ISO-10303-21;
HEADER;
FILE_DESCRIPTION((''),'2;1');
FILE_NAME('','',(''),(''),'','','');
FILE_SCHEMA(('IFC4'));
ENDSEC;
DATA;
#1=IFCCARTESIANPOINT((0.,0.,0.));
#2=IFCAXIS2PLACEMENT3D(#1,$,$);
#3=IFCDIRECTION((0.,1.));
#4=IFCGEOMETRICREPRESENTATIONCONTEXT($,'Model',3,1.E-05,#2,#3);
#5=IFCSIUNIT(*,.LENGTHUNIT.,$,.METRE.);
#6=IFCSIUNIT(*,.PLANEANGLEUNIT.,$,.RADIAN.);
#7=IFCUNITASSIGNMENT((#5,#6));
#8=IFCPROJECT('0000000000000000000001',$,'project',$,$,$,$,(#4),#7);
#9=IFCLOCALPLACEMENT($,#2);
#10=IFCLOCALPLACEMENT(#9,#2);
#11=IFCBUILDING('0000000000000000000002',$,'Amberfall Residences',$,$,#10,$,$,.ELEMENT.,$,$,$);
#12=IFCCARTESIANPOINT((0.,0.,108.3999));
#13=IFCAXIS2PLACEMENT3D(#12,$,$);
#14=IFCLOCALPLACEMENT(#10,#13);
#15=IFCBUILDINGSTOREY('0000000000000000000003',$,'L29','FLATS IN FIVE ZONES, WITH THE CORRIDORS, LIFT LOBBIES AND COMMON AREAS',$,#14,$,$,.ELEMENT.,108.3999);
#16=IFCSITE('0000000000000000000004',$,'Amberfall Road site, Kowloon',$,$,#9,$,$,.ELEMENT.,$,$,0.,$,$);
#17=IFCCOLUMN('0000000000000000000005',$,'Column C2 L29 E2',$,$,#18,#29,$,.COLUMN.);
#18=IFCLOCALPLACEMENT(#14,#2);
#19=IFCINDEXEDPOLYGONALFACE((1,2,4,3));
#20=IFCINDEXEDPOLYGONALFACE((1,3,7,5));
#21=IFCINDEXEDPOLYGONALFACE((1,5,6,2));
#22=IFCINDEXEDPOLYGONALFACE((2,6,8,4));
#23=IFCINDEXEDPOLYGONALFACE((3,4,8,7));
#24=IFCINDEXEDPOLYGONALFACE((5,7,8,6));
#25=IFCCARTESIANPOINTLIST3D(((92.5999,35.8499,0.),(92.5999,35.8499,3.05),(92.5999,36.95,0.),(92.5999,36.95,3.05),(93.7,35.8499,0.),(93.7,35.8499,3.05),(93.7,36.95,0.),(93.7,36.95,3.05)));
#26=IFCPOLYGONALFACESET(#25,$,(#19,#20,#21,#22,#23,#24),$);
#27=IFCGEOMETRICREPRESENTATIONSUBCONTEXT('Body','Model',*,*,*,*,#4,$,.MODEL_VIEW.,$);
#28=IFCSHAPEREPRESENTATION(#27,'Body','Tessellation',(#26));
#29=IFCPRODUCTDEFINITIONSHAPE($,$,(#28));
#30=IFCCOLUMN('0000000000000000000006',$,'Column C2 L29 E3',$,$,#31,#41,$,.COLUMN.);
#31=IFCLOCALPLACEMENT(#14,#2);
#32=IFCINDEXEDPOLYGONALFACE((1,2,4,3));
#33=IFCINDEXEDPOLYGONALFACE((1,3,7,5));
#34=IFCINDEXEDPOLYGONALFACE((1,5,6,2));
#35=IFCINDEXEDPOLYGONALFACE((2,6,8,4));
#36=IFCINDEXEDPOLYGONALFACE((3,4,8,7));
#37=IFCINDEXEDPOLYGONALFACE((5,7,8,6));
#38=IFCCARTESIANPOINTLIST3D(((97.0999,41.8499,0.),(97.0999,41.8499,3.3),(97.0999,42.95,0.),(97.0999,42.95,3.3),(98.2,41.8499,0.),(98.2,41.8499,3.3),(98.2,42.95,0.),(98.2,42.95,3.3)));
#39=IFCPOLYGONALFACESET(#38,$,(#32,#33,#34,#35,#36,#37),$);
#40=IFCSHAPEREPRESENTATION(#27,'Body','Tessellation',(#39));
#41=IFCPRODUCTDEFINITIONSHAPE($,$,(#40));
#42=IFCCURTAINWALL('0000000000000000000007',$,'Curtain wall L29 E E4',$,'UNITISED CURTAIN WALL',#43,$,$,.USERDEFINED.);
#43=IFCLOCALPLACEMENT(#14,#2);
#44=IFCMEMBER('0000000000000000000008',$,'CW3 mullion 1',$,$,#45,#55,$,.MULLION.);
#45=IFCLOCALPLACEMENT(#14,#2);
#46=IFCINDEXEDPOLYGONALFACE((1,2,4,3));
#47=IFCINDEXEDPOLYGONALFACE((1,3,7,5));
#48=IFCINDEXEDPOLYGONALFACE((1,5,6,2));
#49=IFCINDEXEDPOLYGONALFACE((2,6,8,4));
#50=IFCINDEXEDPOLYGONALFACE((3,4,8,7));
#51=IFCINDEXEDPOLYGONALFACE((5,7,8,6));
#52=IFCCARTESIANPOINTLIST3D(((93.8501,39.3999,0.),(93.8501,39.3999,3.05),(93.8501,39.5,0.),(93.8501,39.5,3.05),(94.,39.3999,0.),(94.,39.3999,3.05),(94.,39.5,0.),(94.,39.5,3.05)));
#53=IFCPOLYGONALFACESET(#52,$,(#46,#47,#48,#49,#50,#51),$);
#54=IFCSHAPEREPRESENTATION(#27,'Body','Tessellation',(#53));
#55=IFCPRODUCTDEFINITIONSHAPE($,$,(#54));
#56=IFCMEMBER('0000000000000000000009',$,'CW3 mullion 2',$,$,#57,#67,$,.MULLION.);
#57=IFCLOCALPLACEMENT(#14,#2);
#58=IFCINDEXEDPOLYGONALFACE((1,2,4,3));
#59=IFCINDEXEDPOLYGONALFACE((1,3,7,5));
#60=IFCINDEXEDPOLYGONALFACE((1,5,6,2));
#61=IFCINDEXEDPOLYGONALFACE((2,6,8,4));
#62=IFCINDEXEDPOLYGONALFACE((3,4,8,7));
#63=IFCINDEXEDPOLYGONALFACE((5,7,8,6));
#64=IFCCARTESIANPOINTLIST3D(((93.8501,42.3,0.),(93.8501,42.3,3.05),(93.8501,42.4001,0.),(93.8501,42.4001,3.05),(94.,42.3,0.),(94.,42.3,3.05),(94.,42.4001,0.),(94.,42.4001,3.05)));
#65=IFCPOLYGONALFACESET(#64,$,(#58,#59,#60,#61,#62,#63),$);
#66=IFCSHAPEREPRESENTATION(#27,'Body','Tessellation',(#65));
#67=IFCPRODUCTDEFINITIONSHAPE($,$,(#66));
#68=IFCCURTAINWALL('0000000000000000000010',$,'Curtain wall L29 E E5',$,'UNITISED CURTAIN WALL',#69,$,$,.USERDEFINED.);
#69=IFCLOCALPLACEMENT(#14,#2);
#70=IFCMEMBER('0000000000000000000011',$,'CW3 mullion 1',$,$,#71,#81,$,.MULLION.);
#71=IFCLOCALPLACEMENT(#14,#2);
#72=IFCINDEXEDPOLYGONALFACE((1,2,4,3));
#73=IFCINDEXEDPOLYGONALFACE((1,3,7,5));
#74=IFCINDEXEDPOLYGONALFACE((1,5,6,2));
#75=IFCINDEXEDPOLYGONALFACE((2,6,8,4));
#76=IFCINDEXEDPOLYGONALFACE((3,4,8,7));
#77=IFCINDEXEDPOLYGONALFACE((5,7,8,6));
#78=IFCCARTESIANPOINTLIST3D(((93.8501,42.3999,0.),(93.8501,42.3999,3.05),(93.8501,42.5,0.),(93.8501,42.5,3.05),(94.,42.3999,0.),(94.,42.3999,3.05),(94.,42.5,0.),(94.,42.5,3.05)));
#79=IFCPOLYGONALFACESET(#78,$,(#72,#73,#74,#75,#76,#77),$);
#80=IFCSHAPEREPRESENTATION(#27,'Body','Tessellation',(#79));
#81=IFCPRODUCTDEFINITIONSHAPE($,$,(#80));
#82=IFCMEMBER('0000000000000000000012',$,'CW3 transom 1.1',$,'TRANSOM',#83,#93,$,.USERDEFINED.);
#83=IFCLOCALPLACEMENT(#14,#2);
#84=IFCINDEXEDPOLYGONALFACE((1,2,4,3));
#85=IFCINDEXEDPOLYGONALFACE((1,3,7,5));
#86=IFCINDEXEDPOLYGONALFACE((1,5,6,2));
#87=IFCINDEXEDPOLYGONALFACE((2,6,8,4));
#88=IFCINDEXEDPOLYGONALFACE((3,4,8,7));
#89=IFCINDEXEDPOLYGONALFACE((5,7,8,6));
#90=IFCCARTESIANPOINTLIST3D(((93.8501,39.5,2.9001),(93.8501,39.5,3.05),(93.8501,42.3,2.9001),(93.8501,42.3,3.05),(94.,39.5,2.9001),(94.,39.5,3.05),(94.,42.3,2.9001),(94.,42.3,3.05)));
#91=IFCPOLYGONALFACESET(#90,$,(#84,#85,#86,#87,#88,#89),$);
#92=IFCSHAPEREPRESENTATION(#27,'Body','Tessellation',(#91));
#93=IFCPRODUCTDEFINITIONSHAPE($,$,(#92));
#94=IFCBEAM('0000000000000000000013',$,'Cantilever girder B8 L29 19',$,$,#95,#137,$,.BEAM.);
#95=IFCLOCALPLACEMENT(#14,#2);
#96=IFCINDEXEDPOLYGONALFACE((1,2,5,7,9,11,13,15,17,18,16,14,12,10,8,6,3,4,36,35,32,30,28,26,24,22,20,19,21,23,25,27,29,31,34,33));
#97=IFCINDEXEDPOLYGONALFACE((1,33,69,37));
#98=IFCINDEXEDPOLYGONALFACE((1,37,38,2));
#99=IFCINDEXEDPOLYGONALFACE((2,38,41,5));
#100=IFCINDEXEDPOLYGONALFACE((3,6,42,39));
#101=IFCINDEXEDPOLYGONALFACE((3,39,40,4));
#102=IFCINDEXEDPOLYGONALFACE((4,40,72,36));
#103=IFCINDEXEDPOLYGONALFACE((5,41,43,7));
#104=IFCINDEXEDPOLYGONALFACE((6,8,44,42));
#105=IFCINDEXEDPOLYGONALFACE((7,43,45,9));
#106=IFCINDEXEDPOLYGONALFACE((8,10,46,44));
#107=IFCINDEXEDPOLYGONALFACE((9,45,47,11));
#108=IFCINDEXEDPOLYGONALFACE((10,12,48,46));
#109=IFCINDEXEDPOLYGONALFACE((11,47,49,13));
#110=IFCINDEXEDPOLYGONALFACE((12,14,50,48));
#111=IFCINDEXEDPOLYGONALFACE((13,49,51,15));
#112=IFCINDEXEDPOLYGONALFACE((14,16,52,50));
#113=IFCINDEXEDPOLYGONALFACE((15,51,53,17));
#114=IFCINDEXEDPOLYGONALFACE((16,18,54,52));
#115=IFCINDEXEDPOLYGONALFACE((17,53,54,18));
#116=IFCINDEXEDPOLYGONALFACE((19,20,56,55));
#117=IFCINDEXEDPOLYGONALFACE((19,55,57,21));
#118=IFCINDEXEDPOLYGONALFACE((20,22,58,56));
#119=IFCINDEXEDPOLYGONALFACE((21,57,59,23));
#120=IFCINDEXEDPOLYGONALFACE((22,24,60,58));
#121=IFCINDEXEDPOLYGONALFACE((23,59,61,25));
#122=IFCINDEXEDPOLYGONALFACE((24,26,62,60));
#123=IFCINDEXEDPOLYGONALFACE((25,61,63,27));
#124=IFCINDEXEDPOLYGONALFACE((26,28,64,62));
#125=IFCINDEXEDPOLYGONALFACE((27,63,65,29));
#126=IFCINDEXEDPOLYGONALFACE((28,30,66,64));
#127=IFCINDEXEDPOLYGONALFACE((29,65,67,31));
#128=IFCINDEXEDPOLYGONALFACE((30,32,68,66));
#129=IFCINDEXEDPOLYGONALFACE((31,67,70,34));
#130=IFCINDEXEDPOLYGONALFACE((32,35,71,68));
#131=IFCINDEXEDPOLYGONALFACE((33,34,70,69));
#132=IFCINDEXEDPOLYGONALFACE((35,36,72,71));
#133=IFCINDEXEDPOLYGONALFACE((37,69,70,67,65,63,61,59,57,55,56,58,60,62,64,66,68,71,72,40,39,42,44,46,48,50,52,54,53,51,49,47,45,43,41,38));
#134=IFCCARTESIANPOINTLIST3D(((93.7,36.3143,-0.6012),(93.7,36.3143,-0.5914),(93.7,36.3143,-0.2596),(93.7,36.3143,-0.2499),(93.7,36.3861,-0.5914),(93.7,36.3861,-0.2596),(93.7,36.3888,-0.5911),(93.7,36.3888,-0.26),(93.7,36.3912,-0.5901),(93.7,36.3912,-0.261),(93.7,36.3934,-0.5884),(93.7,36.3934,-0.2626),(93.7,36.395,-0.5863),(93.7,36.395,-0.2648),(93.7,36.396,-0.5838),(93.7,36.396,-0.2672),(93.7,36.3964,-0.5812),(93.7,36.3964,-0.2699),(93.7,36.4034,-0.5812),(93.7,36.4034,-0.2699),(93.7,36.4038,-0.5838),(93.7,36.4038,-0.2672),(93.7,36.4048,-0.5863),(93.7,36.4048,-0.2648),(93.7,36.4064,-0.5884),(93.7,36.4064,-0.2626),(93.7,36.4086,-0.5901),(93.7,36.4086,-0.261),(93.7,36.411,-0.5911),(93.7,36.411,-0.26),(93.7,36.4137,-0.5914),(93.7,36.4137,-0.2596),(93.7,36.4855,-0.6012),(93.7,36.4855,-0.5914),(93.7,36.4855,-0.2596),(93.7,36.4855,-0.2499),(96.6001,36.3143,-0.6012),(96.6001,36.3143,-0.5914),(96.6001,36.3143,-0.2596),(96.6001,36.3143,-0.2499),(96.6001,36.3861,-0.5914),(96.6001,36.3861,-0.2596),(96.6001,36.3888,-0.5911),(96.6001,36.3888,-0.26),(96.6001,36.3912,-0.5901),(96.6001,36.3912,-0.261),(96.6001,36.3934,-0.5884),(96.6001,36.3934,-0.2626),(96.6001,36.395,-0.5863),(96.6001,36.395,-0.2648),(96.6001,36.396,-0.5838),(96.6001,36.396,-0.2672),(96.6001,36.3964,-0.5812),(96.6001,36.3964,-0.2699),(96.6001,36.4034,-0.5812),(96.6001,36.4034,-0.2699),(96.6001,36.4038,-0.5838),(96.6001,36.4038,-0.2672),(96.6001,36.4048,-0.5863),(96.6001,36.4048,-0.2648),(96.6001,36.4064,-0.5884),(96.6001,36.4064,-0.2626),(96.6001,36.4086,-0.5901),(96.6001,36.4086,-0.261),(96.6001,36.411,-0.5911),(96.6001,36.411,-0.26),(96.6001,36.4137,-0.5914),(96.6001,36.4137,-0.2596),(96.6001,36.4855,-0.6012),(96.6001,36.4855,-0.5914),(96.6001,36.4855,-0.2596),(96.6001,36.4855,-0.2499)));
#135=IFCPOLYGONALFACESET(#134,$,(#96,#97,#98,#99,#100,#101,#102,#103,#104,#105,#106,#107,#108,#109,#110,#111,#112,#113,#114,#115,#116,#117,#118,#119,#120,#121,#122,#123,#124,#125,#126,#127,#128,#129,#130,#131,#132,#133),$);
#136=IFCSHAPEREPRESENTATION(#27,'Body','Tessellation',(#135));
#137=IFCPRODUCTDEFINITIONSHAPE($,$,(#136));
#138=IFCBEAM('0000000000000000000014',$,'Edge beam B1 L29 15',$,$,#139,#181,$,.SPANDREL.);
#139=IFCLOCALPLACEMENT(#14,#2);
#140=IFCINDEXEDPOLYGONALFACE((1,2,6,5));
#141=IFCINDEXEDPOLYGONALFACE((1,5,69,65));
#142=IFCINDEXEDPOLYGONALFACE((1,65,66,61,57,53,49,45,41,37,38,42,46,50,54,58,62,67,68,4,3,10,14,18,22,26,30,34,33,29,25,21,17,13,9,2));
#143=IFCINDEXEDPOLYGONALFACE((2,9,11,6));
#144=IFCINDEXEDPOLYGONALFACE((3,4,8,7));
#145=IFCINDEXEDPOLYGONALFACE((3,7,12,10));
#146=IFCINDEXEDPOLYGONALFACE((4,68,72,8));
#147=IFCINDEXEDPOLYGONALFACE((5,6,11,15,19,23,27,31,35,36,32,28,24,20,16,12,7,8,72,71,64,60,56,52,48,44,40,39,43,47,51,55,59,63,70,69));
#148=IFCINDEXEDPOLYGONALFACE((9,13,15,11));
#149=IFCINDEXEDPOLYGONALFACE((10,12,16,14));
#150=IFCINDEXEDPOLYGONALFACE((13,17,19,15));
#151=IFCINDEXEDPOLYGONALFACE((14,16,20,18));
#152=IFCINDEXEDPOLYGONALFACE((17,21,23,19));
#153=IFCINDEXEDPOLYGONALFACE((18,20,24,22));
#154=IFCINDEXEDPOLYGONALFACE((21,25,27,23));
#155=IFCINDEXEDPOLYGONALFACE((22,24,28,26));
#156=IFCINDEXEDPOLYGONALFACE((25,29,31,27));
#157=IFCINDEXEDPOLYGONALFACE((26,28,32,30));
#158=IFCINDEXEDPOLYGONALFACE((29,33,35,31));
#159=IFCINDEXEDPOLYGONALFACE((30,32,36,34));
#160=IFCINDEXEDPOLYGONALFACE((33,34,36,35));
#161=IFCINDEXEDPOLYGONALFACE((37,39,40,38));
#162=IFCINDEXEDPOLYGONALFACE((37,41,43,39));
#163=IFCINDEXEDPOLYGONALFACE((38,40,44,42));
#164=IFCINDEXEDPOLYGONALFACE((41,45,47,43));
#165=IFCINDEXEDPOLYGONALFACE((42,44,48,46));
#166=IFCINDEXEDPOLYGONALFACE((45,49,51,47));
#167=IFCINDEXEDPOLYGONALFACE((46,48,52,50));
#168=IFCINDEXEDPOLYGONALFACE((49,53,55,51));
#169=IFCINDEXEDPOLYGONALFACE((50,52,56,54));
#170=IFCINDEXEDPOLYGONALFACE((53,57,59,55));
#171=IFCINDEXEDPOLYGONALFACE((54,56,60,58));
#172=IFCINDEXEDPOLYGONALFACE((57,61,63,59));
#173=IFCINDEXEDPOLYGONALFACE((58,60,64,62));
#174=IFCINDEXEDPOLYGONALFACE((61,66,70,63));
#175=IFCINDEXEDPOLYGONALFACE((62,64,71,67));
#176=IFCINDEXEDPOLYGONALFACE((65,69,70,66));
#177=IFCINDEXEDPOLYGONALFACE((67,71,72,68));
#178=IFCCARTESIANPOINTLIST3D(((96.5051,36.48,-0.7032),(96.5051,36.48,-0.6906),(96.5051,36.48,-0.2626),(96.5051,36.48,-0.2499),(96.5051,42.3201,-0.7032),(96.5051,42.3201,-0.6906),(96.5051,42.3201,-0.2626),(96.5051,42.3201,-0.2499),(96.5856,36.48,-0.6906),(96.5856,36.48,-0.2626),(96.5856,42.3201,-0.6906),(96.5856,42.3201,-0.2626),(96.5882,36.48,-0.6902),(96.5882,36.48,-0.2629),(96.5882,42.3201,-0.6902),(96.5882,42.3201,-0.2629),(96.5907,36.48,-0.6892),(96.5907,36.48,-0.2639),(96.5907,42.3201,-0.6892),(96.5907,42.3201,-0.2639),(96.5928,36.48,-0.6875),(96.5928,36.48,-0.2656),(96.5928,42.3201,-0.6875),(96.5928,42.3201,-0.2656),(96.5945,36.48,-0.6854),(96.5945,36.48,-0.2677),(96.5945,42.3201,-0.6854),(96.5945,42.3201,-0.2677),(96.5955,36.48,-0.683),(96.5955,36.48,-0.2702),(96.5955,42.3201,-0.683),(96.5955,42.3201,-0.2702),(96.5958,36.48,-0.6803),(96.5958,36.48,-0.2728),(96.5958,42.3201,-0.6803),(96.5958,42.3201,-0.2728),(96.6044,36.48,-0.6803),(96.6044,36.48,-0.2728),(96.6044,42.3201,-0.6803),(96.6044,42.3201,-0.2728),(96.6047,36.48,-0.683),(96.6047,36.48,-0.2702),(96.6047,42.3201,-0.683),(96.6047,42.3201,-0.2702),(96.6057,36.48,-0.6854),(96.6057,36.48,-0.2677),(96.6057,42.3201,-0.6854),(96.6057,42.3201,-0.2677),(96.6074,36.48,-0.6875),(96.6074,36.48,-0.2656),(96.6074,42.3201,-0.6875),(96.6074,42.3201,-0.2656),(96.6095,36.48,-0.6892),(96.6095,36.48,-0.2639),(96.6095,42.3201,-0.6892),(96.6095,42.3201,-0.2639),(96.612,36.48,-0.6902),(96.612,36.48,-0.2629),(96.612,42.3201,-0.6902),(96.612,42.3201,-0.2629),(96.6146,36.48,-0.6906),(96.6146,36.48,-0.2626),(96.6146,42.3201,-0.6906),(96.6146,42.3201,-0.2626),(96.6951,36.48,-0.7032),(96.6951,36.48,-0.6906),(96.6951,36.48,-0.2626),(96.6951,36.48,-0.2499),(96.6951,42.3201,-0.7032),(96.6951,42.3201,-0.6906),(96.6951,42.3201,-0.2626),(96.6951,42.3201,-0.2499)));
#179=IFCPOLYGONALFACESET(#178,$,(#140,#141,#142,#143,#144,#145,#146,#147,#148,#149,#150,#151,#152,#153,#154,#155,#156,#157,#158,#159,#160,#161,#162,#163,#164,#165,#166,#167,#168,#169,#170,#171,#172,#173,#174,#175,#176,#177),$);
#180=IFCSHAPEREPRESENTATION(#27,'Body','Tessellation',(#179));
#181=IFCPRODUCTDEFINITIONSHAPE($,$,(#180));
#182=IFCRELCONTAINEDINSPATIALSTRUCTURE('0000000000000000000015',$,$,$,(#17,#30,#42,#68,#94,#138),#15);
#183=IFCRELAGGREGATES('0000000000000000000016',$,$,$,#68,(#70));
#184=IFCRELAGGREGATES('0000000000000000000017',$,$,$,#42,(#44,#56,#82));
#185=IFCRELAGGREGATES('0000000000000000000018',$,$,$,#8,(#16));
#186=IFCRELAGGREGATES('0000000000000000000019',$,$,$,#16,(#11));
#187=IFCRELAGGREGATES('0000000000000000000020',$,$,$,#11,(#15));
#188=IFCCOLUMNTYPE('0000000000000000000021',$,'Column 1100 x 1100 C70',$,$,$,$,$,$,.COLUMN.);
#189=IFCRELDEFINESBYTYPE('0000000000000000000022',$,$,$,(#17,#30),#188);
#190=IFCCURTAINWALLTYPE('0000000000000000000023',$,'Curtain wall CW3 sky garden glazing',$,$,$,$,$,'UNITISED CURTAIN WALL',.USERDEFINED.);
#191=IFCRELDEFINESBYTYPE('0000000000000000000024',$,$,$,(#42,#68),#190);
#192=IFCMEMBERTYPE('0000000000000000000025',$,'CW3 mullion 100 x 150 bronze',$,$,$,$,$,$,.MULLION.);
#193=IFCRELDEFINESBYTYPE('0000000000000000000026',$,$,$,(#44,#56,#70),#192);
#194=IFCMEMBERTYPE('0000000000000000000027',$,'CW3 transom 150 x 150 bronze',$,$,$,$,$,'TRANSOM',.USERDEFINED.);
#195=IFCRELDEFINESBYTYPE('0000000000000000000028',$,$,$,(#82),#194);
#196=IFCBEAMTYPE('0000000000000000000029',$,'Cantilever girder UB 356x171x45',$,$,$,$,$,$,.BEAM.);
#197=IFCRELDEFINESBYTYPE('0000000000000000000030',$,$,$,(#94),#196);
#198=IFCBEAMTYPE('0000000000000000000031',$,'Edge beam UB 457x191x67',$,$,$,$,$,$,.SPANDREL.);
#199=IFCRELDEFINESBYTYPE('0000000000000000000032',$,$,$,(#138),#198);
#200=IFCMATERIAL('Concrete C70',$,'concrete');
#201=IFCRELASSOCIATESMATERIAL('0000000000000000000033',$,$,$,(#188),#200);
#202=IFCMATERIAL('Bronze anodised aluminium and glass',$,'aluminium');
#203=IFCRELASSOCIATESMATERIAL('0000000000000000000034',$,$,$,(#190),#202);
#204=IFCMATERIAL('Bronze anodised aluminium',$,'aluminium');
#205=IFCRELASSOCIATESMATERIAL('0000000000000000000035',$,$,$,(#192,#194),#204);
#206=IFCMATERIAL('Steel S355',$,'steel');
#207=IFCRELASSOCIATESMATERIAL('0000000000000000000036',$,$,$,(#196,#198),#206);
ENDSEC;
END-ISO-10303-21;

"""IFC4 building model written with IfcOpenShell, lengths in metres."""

from ifc_helpers import new_model, si_unit, direction, frame, origin, origin_2d, place, context, subcontext, project, spatial, rectangle, i_section, extrude, material, material_profile, profile_set, type_object, element, aggregate, save


model = new_model("IFC4")

# Units and contexts
model_context = context("Model", 3, precision=1e-05, world=origin(), true_north=direction((0.0, 1.0)))
body_context = subcontext(model_context, "Body", "Model", "MODEL_VIEW")
ifc_project = project(units=[si_unit("LENGTHUNIT", "METRE"), si_unit("PLANEANGLEUNIT", "RADIAN")], contexts=[model_context])

# Site, building, storey
site_placement = place(None, origin())
site = spatial("IfcSite", under=ifc_project, at=site_placement, Name="Amberfall Road site, Kowloon", CompositionType="ELEMENT", RefElevation=0.0)
building_placement = place(site_placement, origin())
building = spatial("IfcBuilding", under=site, at=building_placement, Name="Amberfall Residences", CompositionType="ELEMENT")
storey_placement = place(building_placement, frame((0.0, 0.0, 108.3999)))
storey = spatial("IfcBuildingStorey", under=building, at=storey_placement, Name="L29", Description="FLATS IN FIVE ZONES, WITH THE CORRIDORS, LIFT LOBBIES AND COMMON AREAS", CompositionType="ELEMENT", Elevation=108.3999)

# Columns
ifc_material_1 = material(Name="Concrete C70", Category="concrete")
ifc_material_profile_1 = material_profile(ifc_material_1, rectangle(XDim=1.1001, YDim=1.1001, at=origin_2d()), Name="Column 1100 x 1100 C70")
ifc_profile_set_1 = profile_set([ifc_material_profile_1], Name="Concrete C70")
column_type = type_object("IfcColumnType", Name="Column 1100 x 1100 C70", PredefinedType="COLUMN", material=ifc_profile_set_1)
column_1_placement = place(storey_placement, frame((93.1499, 36.3999, 0.0), z_axis=(0.0, 0.0, 1.0), x_axis=(1.0, 0.0, 0.0)))
element("IfcColumn", 1, at=column_1_placement, inside=storey, type_object=column_type, Name="Column C2 L29 E2", PredefinedType="COLUMN", context=body_context, shape_type="SweptSolid", body=[
    extrude(rectangle(XDim=1.1001, YDim=1.1001, at=origin_2d()), origin(), (0.0, 0.0, 1.0), 3.05),
])
column_2_placement = place(storey_placement, frame((97.6499, 42.3999, 0.0), z_axis=(0.0, 0.0, 1.0), x_axis=(1.0, 0.0, 0.0)))
element("IfcColumn", 2, at=column_2_placement, inside=storey, type_object=column_type, Name="Column C2 L29 E3", PredefinedType="COLUMN", context=body_context, shape_type="SweptSolid", body=[
    extrude(rectangle(XDim=1.1001, YDim=1.1001, at=origin_2d()), origin(), (0.0, 0.0, 1.0), 3.3),
])

# Curtain wall, members
ifc_material_2 = material(Name="Bronze anodised aluminium and glass", Category="aluminium")
curtain_wall_type = type_object("IfcCurtainWallType", Name="Curtain wall CW3 sky garden glazing", ElementType="UNITISED CURTAIN WALL", PredefinedType="USERDEFINED", material=ifc_material_2)
curtain_wall_1_placement = place(storey_placement, origin())
curtain_wall_1 = element("IfcCurtainWall", 3, at=curtain_wall_1_placement, inside=storey, type_object=curtain_wall_type, Name="Curtain wall L29 E E4", ObjectType="UNITISED CURTAIN WALL", PredefinedType="USERDEFINED")
ifc_material_3 = material(Name="Bronze anodised aluminium", Category="aluminium")
ifc_material_profile_2 = material_profile(ifc_material_3, rectangle(XDim=0.1499, YDim=0.1001, at=origin_2d()), Name="CW3 mullion 100 x 150 bronze")
ifc_profile_set_2 = profile_set([ifc_material_profile_2], Name="Bronze anodised aluminium")
member_type_1 = type_object("IfcMemberType", Name="CW3 mullion 100 x 150 bronze", PredefinedType="MULLION", material=ifc_profile_set_2)
member_1_placement = place(storey_placement, frame((93.925, 39.45, 0.0), z_axis=(0.0, 0.0, 1.0), x_axis=(-1.0, 0.0, 0.0)))
member_1 = element("IfcMember", 4, at=member_1_placement, type_object=member_type_1, Name="CW3 mullion 1", PredefinedType="MULLION", context=body_context, shape_type="SweptSolid", body=[
    extrude(rectangle(XDim=0.1499, YDim=0.1001, at=origin_2d()), origin(), (0.0, 0.0, 1.0), 3.05),
])
member_2_placement = place(storey_placement, frame((93.925, 42.3501, 0.0), z_axis=(0.0, 0.0, 1.0), x_axis=(-1.0, 0.0, 0.0)))
member_2 = element("IfcMember", 5, at=member_2_placement, type_object=member_type_1, Name="CW3 mullion 2", PredefinedType="MULLION", context=body_context, shape_type="SweptSolid", body=[
    extrude(rectangle(XDim=0.1499, YDim=0.1001, at=origin_2d()), origin(), (0.0, 0.0, 1.0), 3.05),
])

# Curtain wall, member
curtain_wall_2_placement = place(storey_placement, origin())
curtain_wall_2 = element("IfcCurtainWall", 6, at=curtain_wall_2_placement, inside=storey, type_object=curtain_wall_type, Name="Curtain wall L29 E E5", ObjectType="UNITISED CURTAIN WALL", PredefinedType="USERDEFINED")
member_3_placement = place(storey_placement, frame((93.925, 42.45, 0.0), z_axis=(0.0, 0.0, 1.0), x_axis=(-1.0, 0.0, 0.0)))
member_3 = element("IfcMember", 7, at=member_3_placement, type_object=member_type_1, Name="CW3 mullion 1", PredefinedType="MULLION", context=body_context, shape_type="SweptSolid", body=[
    extrude(rectangle(XDim=0.1499, YDim=0.1001, at=origin_2d()), origin(), (0.0, 0.0, 1.0), 3.05),
])
aggregate(curtain_wall_2, [member_3])

# Member
ifc_material_profile_3 = material_profile(ifc_material_3, rectangle(XDim=0.1499, YDim=0.1499, at=origin_2d()), Name="CW3 transom 150 x 150 bronze")
ifc_profile_set_3 = profile_set([ifc_material_profile_3], Name="Bronze anodised aluminium")
member_type_2 = type_object("IfcMemberType", Name="CW3 transom 150 x 150 bronze", ElementType="TRANSOM", PredefinedType="USERDEFINED", material=ifc_profile_set_3)
member_4_placement = place(storey_placement, frame((93.925, 39.5, 2.9751), z_axis=(0.0, 1.0, 0.0), x_axis=(-1.0, 0.0, 0.0)))
member_4 = element("IfcMember", 8, at=member_4_placement, type_object=member_type_2, Name="CW3 transom 1.1", ObjectType="TRANSOM", PredefinedType="USERDEFINED", context=body_context, shape_type="SweptSolid", body=[
    extrude(rectangle(XDim=0.1499, YDim=0.1499, at=origin_2d()), origin(), (0.0, 0.0, 1.0), 2.8),
])

# Beams
ifc_material_4 = material(Name="Steel S355", Category="steel")
ifc_material_profile_4 = material_profile(ifc_material_4, i_section(OverallWidth=0.1711, OverallDepth=0.3513, WebThickness=0.0071, FlangeThickness=0.0098, FilletRadius=0.0103, at=origin_2d()), Name="UB 356x171x45")
ifc_profile_set_4 = profile_set([ifc_material_profile_4], Name="Steel S355")
beam_type_1 = type_object("IfcBeamType", Name="Cantilever girder UB 356x171x45", PredefinedType="BEAM", material=ifc_profile_set_4)
beam_1_placement = place(storey_placement, frame((93.7, 36.3999, -0.4255), z_axis=(1.0, 0.0, 0.0), x_axis=(0.0, 1.0, 0.0)))
element("IfcBeam", 9, at=beam_1_placement, inside=storey, type_object=beam_type_1, Name="Cantilever girder B8 L29 19", PredefinedType="BEAM", context=body_context, shape_type="SweptSolid", body=[
    extrude(i_section(OverallWidth=0.1711, OverallDepth=0.3513, WebThickness=0.0071, FlangeThickness=0.0098, FilletRadius=0.0103, at=origin_2d()), origin(), (0.0, 0.0, 1.0), 2.9001),
])
ifc_material_profile_5 = material_profile(ifc_material_4, i_section(OverallWidth=0.1899, OverallDepth=0.4534, WebThickness=0.0085, FlangeThickness=0.0127, FilletRadius=0.0103, at=origin_2d()), Name="UB 457x191x67")
ifc_profile_set_5 = profile_set([ifc_material_profile_5], Name="Steel S355")
beam_type_2 = type_object("IfcBeamType", Name="Edge beam UB 457x191x67", PredefinedType="SPANDREL", material=ifc_profile_set_5)
for number, where, z_axis, x_axis, name in (
    (10, (96.6001, 36.48, -0.4766), (0.0, 1.0, 0.0), (-1.0, 0.0, 0.0), "Edge beam B1 L29 15"),
):
    element("IfcBeam", number, at=place(storey_placement, frame(where, z_axis=z_axis, x_axis=x_axis)), inside=storey, type_object=beam_type_2, Name=name, PredefinedType="SPANDREL", context=body_context, shape_type="SweptSolid", body=[
        extrude(i_section(OverallWidth=0.1899, OverallDepth=0.4534, WebThickness=0.0085, FlangeThickness=0.0127, FilletRadius=0.0103, at=origin_2d()), origin(), (0.0, 0.0, 1.0), 5.8401),
    ])

aggregate(curtain_wall_1, [member_1, member_2, member_4])

save(model, "model.ifc")
